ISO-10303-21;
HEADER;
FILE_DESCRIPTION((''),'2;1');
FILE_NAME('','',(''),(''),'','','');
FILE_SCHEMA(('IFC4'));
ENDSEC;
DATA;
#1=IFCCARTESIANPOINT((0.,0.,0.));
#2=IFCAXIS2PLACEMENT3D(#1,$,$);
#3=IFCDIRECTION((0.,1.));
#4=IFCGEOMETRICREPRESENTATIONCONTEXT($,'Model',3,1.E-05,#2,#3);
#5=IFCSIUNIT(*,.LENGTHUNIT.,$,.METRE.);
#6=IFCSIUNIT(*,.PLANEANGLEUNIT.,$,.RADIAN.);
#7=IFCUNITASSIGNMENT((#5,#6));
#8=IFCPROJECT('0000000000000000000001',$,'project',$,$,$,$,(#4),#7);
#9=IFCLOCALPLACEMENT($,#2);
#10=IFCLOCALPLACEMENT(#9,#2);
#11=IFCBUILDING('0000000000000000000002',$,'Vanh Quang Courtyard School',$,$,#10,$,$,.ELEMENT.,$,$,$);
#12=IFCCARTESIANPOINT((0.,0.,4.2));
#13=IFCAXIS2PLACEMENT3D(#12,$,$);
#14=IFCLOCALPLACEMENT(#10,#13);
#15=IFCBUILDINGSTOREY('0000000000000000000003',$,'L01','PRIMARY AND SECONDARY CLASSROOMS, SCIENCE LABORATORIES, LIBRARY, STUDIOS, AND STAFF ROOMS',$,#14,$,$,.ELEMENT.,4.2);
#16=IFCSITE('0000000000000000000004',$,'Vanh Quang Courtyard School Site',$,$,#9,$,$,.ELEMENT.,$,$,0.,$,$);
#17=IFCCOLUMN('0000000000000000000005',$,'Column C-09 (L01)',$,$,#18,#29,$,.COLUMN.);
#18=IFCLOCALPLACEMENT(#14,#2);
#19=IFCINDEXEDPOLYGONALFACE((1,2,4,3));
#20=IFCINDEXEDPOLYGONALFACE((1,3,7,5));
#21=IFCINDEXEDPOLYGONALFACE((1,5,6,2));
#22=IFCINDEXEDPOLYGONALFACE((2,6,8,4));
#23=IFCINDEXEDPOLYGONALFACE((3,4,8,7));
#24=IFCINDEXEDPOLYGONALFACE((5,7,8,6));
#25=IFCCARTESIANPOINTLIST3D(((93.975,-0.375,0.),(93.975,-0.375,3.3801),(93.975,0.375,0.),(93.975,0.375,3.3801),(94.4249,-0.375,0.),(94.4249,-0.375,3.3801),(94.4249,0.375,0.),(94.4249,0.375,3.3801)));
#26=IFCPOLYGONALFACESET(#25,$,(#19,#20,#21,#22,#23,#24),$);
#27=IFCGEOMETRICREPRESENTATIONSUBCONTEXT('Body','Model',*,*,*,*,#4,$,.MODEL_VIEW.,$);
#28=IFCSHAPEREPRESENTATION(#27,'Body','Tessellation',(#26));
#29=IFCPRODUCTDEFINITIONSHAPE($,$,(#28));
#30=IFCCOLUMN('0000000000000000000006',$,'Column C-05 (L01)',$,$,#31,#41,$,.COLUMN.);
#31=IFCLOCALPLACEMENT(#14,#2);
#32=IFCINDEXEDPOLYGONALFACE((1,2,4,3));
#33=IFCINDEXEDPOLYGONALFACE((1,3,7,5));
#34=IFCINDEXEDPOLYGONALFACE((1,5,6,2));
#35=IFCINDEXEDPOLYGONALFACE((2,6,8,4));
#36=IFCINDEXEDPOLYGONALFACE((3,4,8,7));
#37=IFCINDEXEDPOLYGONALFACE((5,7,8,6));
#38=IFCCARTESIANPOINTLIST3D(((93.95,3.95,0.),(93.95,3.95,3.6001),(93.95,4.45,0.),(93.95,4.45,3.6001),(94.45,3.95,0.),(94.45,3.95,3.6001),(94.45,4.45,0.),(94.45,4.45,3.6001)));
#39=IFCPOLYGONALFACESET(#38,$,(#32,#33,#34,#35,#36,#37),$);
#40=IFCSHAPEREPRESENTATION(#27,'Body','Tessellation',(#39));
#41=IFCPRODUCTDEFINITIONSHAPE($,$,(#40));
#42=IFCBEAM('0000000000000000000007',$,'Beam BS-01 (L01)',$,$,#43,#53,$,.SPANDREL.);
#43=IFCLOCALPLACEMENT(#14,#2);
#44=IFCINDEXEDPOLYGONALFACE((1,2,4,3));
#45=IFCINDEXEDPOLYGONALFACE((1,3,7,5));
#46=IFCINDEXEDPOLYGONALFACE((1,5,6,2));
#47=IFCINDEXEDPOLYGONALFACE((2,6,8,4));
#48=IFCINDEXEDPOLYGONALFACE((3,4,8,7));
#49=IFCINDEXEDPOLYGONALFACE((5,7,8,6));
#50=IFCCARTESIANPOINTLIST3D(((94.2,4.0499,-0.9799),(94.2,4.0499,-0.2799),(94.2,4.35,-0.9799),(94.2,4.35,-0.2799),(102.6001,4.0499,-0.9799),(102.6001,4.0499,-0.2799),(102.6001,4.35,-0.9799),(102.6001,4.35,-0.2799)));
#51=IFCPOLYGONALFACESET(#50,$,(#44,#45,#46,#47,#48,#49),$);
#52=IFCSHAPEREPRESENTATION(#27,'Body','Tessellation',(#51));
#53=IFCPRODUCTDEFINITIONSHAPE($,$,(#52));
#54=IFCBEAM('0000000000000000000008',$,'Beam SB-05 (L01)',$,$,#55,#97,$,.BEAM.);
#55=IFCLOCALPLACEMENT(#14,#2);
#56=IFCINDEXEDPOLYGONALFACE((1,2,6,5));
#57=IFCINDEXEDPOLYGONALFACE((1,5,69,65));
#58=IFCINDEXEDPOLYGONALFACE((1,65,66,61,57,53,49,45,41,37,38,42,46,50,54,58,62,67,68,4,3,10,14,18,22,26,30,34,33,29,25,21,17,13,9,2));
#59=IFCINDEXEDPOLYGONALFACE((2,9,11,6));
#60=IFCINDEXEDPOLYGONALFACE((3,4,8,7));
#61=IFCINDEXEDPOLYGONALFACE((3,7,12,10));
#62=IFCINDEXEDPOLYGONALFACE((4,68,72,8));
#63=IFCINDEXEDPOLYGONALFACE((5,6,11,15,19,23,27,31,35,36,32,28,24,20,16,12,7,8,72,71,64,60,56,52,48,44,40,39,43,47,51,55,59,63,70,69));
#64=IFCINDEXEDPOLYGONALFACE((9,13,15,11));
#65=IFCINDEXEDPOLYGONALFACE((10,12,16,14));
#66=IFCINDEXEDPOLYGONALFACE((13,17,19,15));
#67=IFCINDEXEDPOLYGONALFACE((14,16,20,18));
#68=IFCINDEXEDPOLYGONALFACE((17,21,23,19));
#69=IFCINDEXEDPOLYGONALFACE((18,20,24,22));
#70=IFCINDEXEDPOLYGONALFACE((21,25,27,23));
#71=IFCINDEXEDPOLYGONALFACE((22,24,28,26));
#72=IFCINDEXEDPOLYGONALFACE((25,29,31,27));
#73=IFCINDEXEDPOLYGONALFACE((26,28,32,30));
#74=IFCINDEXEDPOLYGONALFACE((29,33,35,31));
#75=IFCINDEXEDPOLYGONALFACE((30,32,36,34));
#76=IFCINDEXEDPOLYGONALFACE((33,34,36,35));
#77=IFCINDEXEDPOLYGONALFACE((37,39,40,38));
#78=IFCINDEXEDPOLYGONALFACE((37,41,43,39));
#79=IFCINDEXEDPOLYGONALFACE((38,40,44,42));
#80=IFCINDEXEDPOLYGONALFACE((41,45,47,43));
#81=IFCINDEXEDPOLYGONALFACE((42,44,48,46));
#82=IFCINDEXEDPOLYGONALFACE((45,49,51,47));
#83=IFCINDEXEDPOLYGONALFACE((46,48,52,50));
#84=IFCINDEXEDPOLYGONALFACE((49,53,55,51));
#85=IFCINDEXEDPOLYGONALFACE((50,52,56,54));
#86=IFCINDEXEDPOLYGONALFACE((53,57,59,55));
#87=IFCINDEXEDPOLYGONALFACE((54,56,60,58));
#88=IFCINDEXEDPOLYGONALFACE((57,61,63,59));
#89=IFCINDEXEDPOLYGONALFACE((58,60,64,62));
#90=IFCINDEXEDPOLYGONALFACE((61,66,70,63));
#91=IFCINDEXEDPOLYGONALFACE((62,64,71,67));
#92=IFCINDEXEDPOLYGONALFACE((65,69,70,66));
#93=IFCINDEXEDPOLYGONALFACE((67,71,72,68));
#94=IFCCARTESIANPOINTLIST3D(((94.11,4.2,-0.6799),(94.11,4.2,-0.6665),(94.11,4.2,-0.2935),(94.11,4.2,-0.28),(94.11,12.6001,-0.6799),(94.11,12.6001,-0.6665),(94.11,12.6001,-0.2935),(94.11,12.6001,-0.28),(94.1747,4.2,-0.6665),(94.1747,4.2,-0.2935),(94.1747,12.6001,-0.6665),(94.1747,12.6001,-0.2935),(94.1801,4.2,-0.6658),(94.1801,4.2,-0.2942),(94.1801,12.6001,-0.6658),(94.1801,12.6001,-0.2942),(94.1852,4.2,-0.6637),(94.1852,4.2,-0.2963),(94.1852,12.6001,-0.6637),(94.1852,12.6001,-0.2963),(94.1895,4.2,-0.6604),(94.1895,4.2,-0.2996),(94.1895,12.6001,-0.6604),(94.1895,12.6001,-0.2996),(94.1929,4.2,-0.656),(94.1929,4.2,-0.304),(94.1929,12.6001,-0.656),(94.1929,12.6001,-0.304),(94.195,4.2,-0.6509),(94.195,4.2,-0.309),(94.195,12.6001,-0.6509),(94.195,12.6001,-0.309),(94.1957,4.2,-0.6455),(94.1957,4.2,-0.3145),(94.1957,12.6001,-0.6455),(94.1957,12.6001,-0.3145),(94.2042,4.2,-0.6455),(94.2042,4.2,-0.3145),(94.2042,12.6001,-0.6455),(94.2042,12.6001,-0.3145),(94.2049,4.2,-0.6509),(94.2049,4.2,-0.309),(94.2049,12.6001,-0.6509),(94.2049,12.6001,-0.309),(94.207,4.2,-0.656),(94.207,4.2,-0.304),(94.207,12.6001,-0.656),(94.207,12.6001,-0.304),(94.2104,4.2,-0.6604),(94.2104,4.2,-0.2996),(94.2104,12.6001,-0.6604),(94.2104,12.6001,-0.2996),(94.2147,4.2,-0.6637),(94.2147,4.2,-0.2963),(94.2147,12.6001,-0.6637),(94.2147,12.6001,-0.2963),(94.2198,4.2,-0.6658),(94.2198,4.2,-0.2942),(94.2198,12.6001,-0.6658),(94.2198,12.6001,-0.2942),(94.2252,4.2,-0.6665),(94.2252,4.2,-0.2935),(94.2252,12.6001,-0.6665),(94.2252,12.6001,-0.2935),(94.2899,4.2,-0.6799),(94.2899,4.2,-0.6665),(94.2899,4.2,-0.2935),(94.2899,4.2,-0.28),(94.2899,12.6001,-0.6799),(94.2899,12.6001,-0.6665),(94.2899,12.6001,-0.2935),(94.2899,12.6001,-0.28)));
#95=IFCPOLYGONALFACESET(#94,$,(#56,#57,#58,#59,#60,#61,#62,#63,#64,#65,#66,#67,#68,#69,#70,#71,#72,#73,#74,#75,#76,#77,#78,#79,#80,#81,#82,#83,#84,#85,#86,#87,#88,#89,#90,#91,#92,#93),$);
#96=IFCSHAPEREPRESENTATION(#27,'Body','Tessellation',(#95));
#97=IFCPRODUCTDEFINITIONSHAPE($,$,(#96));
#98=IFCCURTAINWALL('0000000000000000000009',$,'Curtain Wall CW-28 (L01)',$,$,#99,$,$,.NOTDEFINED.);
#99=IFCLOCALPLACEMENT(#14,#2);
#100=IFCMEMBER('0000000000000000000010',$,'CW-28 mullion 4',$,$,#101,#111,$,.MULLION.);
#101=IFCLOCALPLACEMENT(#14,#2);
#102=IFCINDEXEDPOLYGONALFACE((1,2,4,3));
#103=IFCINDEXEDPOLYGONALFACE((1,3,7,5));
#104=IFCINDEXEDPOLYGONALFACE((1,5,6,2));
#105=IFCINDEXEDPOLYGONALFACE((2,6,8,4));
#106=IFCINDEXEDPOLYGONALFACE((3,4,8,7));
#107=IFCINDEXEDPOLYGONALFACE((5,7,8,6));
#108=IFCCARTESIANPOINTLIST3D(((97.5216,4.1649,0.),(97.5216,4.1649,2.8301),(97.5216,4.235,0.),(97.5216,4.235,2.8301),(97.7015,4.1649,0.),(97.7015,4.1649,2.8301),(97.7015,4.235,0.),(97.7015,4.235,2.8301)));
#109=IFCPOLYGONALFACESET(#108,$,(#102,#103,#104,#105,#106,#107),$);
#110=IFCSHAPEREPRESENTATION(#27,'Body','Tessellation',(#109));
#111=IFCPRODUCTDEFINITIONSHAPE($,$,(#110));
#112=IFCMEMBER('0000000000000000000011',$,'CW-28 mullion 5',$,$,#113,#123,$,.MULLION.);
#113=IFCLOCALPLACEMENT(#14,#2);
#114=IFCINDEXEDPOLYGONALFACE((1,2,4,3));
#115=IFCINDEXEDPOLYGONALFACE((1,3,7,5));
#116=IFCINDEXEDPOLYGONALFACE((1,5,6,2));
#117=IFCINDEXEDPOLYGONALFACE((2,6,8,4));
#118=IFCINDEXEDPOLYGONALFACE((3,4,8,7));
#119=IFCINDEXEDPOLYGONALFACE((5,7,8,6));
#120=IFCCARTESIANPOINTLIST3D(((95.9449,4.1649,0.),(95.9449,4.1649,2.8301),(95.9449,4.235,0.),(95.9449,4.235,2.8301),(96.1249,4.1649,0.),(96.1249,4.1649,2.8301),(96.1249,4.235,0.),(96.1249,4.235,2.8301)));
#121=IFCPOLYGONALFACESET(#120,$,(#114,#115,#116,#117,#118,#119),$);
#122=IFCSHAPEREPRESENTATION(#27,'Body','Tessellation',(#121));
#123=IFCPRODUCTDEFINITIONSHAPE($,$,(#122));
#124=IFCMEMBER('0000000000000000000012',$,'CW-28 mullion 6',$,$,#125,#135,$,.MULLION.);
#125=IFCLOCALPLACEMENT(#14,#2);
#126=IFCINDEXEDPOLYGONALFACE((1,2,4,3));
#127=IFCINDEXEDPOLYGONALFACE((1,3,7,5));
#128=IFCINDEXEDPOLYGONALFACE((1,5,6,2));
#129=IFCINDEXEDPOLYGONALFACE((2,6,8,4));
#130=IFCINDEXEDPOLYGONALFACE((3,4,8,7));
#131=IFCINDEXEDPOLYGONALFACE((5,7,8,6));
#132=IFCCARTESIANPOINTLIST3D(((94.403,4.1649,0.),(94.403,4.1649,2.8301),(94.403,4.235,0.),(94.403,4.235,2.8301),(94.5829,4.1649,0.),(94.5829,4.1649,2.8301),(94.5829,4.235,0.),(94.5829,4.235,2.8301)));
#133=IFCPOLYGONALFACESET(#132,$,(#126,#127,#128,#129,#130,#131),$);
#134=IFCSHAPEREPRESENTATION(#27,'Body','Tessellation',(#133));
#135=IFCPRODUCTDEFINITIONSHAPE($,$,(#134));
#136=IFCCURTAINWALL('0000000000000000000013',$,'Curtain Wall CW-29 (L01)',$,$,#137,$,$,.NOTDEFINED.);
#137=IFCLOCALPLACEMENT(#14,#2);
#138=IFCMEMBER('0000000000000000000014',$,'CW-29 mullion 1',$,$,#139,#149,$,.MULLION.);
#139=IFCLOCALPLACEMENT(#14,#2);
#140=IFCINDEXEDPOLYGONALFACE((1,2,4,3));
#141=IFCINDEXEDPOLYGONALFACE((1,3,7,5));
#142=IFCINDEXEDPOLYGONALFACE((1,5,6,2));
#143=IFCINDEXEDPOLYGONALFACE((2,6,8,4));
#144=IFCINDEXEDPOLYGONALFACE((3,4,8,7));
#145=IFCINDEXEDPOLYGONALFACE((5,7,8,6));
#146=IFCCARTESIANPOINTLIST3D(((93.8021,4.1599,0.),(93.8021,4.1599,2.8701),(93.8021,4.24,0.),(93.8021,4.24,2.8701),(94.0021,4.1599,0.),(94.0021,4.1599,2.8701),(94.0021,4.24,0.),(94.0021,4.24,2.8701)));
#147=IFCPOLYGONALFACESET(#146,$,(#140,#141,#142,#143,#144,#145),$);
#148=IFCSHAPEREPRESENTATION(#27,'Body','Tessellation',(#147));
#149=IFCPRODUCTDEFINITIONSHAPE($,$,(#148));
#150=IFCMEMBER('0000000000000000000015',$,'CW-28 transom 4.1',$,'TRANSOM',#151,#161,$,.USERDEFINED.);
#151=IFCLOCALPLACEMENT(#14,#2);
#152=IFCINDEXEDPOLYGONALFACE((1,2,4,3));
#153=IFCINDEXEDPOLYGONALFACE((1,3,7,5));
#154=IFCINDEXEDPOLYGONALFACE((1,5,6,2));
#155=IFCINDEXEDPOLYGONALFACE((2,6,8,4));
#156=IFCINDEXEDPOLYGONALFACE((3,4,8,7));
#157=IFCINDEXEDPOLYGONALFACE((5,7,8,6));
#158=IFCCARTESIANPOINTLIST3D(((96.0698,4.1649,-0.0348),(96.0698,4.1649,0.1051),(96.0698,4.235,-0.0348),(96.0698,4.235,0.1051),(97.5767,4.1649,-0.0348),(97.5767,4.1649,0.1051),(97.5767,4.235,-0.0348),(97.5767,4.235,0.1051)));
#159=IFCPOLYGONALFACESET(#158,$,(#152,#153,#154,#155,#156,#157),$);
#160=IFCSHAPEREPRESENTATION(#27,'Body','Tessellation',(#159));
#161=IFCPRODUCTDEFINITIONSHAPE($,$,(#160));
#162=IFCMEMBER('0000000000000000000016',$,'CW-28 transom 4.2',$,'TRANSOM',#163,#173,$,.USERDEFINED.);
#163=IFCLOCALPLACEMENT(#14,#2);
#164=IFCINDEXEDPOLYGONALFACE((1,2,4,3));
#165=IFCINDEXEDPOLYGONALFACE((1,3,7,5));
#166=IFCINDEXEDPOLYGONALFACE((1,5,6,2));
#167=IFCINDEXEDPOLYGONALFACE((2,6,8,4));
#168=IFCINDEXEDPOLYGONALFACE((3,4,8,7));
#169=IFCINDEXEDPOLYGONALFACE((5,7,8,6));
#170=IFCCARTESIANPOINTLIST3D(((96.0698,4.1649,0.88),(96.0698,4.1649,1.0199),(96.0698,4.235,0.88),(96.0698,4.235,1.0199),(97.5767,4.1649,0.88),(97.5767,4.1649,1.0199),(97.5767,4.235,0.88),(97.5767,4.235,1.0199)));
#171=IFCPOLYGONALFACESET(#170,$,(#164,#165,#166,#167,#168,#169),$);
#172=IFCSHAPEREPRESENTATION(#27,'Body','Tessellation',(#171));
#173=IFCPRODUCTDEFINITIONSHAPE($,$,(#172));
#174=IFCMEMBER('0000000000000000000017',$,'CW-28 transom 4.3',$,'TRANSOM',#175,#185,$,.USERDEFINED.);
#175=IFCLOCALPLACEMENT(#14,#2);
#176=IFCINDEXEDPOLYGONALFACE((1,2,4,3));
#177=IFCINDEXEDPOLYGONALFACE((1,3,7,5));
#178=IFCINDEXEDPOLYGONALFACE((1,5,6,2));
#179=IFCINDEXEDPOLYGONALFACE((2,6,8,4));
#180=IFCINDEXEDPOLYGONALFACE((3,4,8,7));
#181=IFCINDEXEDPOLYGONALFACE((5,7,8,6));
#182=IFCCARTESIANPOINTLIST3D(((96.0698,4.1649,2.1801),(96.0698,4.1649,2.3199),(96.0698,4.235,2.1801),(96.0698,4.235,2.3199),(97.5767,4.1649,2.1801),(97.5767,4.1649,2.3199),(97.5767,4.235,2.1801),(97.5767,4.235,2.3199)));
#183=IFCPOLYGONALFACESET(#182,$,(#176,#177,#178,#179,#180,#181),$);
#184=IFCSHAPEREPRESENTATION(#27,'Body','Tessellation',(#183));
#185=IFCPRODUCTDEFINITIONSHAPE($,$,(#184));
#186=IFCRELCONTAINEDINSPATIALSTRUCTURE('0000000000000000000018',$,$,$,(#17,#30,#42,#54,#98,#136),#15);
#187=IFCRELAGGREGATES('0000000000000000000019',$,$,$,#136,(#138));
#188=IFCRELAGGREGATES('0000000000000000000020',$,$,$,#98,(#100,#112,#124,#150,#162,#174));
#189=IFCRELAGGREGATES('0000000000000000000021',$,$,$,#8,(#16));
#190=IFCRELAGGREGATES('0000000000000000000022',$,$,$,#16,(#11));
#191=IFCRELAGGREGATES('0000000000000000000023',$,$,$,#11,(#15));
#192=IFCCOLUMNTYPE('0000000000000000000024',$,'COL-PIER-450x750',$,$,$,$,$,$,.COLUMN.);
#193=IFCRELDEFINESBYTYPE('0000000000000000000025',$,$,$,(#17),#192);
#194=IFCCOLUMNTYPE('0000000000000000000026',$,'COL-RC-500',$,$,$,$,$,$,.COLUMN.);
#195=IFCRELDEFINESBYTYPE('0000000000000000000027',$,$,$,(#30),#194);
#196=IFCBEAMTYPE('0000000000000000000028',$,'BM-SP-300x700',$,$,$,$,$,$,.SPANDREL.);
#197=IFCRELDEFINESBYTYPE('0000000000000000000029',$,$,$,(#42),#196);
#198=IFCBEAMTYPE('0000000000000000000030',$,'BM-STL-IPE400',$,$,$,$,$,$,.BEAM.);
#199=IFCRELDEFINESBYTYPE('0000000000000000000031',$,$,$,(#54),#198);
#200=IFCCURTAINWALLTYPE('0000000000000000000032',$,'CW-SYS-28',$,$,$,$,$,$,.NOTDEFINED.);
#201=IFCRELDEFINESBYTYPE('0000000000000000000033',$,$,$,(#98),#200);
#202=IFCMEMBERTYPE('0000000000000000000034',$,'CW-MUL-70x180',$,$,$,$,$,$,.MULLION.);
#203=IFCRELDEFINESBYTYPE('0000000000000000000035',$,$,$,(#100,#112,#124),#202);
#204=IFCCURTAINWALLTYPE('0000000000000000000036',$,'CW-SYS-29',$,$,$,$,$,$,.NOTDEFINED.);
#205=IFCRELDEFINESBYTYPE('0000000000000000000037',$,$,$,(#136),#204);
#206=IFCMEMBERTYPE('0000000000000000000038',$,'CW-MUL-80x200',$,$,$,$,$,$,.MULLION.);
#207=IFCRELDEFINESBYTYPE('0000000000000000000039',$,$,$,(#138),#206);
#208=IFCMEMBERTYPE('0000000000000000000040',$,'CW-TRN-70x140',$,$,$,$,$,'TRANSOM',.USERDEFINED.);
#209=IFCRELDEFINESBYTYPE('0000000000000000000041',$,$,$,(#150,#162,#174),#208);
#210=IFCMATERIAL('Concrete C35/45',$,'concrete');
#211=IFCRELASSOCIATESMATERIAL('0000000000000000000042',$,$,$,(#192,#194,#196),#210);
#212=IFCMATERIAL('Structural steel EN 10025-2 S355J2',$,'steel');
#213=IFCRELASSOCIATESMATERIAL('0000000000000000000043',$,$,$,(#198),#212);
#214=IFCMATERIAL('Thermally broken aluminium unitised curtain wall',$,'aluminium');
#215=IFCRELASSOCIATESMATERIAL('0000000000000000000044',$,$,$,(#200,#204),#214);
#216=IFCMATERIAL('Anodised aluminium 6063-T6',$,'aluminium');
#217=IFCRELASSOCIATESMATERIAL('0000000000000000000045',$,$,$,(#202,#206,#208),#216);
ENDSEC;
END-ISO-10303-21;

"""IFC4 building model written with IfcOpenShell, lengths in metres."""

from ifc_helpers import new_model, si_unit, direction, frame, origin, origin_2d, place, context, subcontext, project, spatial, rectangle, i_section, extrude, material, material_profile, profile_set, type_object, element, aggregate, save


model = new_model("IFC4")

# Units and contexts
model_context = context("Model", 3, precision=1e-05, world=origin(), true_north=direction((0.0, 1.0)))
body_context = subcontext(model_context, "Body", "Model", "MODEL_VIEW")
ifc_project = project(units=[si_unit("LENGTHUNIT", "METRE"), si_unit("PLANEANGLEUNIT", "RADIAN")], contexts=[model_context])

# Site, building, storey
site_placement = place(None, origin())
site = spatial("IfcSite", under=ifc_project, at=site_placement, Name="Vanh Quang Courtyard School Site", CompositionType="ELEMENT", RefElevation=0.0)
building_placement = place(site_placement, origin())
building = spatial("IfcBuilding", under=site, at=building_placement, Name="Vanh Quang Courtyard School", CompositionType="ELEMENT")
storey_placement = place(building_placement, frame((0.0, 0.0, 4.2)))
storey = spatial("IfcBuildingStorey", under=building, at=storey_placement, Name="L01", Description="PRIMARY AND SECONDARY CLASSROOMS, SCIENCE LABORATORIES, LIBRARY, STUDIOS, AND STAFF ROOMS", CompositionType="ELEMENT", Elevation=4.2)

# Columns
ifc_material_1 = material(Name="Concrete C35/45", Category="concrete")
ifc_material_profile_1 = material_profile(ifc_material_1, rectangle(XDim=0.45, YDim=0.75, at=origin_2d()), Name="RC-PIER 450x750")
ifc_profile_set_1 = profile_set([ifc_material_profile_1], Name="Concrete C35/45")
column_type_1 = type_object("IfcColumnType", Name="COL-PIER-450x750", PredefinedType="COLUMN", material=ifc_profile_set_1)
column_1_placement = place(storey_placement, frame((94.2, 0.0, 0.0), z_axis=(0.0, 0.0, 1.0), x_axis=(1.0, 0.0, 0.0)))
element("IfcColumn", 1, at=column_1_placement, inside=storey, type_object=column_type_1, Name="Column C-09 (L01)", PredefinedType="COLUMN", context=body_context, shape_type="SweptSolid", body=[
    extrude(rectangle(XDim=0.45, YDim=0.75, at=origin_2d()), origin(), (0.0, 0.0, 1.0), 3.3801),
])
ifc_material_profile_2 = material_profile(ifc_material_1, rectangle(XDim=0.5, YDim=0.5, at=origin_2d()), Name="RC-COL 500x500")
ifc_profile_set_2 = profile_set([ifc_material_profile_2], Name="Concrete C35/45")
column_type_2 = type_object("IfcColumnType", Name="COL-RC-500", PredefinedType="COLUMN", material=ifc_profile_set_2)
column_2_placement = place(storey_placement, frame((94.2, 4.2, 0.0), z_axis=(0.0, 0.0, 1.0), x_axis=(1.0, 0.0, 0.0)))
element("IfcColumn", 2, at=column_2_placement, inside=storey, type_object=column_type_2, Name="Column C-05 (L01)", PredefinedType="COLUMN", context=body_context, shape_type="SweptSolid", body=[
    extrude(rectangle(XDim=0.5, YDim=0.5, at=origin_2d()), origin(), (0.0, 0.0, 1.0), 3.6001),
])

# Beams
ifc_material_profile_3 = material_profile(ifc_material_1, rectangle(XDim=0.3, YDim=0.7, at=origin_2d()), Name="RC-SP 300x700")
ifc_profile_set_3 = profile_set([ifc_material_profile_3], Name="Concrete C35/45")
beam_type_1 = type_object("IfcBeamType", Name="BM-SP-300x700", PredefinedType="SPANDREL", material=ifc_profile_set_3)
beam_1_placement = place(storey_placement, frame((94.2, 4.2, -0.6299), z_axis=(1.0, 0.0, 0.0), x_axis=(0.0, 1.0, 0.0)))
element("IfcBeam", 3, at=beam_1_placement, inside=storey, type_object=beam_type_1, Name="Beam BS-01 (L01)", PredefinedType="SPANDREL", context=body_context, shape_type="SweptSolid", body=[
    extrude(rectangle(XDim=0.3, YDim=0.7, at=origin_2d()), origin(), (0.0, 0.0, 1.0), 8.4001),
])
ifc_material_2 = material(Name="Structural steel EN 10025-2 S355J2", Category="steel")
ifc_material_profile_4 = material_profile(ifc_material_2, i_section(OverallWidth=0.1799, OverallDepth=0.3999, WebThickness=0.0085, FlangeThickness=0.0134, FilletRadius=0.021, at=origin_2d()), Name="IPE 400")
ifc_profile_set_4 = profile_set([ifc_material_profile_4], Name="Structural steel EN 10025-2 S355J2")
beam_type_2 = type_object("IfcBeamType", Name="BM-STL-IPE400", PredefinedType="BEAM", material=ifc_profile_set_4)
beam_2_placement = place(storey_placement, frame((94.2, 4.2, -0.48), z_axis=(0.0, 1.0, 0.0), x_axis=(-1.0, 0.0, 0.0)))
element("IfcBeam", 4, at=beam_2_placement, inside=storey, type_object=beam_type_2, Name="Beam SB-05 (L01)", PredefinedType="BEAM", context=body_context, shape_type="SweptSolid", body=[
    extrude(i_section(OverallWidth=0.1799, OverallDepth=0.3999, WebThickness=0.0085, FlangeThickness=0.0134, FilletRadius=0.021, at=origin_2d()), origin(), (0.0, 0.0, 1.0), 8.4001),
])

# Curtain wall, members
ifc_material_3 = material(Name="Thermally broken aluminium unitised curtain wall", Category="aluminium")
curtain_wall_type_1 = type_object("IfcCurtainWallType", Name="CW-SYS-28", PredefinedType="NOTDEFINED", material=ifc_material_3)
curtain_wall_1_placement = place(storey_placement, origin())
curtain_wall_1 = element("IfcCurtainWall", 5, at=curtain_wall_1_placement, inside=storey, type_object=curtain_wall_type_1, Name="Curtain Wall CW-28 (L01)", PredefinedType="NOTDEFINED")
ifc_material_4 = material(Name="Anodised aluminium 6063-T6", Category="aluminium")
ifc_material_profile_5 = material_profile(ifc_material_4, rectangle(XDim=0.0701, YDim=0.1799, at=origin_2d()), Name="ALU-MUL 70x180")
ifc_profile_set_5 = profile_set([ifc_material_profile_5], Name="Anodised aluminium 6063-T6")
member_type_1 = type_object("IfcMemberType", Name="CW-MUL-70x180", PredefinedType="MULLION", material=ifc_profile_set_5)
member_1_placement = place(storey_placement, frame((97.6116, 4.2, 0.0), z_axis=(0.0, 0.0, 1.0), x_axis=(0.0, -1.0, 0.0)))
member_1 = element("IfcMember", 6, at=member_1_placement, type_object=member_type_1, Name="CW-28 mullion 4", PredefinedType="MULLION", context=body_context, shape_type="SweptSolid", body=[
    extrude(rectangle(XDim=0.0701, YDim=0.1799, at=origin_2d()), origin(), (0.0, 0.0, 1.0), 2.8301),
])
member_2_placement = place(storey_placement, frame((96.0349, 4.2, 0.0), z_axis=(0.0, 0.0, 1.0), x_axis=(0.0, -1.0, 0.0)))
member_2 = element("IfcMember", 7, at=member_2_placement, type_object=member_type_1, Name="CW-28 mullion 5", PredefinedType="MULLION", context=body_context, shape_type="SweptSolid", body=[
    extrude(rectangle(XDim=0.0701, YDim=0.1799, at=origin_2d()), origin(), (0.0, 0.0, 1.0), 2.8301),
])
member_3_placement = place(storey_placement, frame((94.4929, 4.2, 0.0), z_axis=(0.0, 0.0, 1.0), x_axis=(0.0, -1.0, 0.0)))
member_3 = element("IfcMember", 8, at=member_3_placement, type_object=member_type_1, Name="CW-28 mullion 6", PredefinedType="MULLION", context=body_context, shape_type="SweptSolid", body=[
    extrude(rectangle(XDim=0.0701, YDim=0.1799, at=origin_2d()), origin(), (0.0, 0.0, 1.0), 2.8301),
])

# Curtain wall, member
curtain_wall_type_2 = type_object("IfcCurtainWallType", Name="CW-SYS-29", PredefinedType="NOTDEFINED", material=ifc_material_3)
curtain_wall_2_placement = place(storey_placement, origin())
curtain_wall_2 = element("IfcCurtainWall", 9, at=curtain_wall_2_placement, inside=storey, type_object=curtain_wall_type_2, Name="Curtain Wall CW-29 (L01)", PredefinedType="NOTDEFINED")
ifc_material_profile_6 = material_profile(ifc_material_4, rectangle(XDim=0.0801, YDim=0.2, at=origin_2d()), Name="ALU-MUL 80x200")
ifc_profile_set_6 = profile_set([ifc_material_profile_6], Name="Anodised aluminium 6063-T6")
member_type_2 = type_object("IfcMemberType", Name="CW-MUL-80x200", PredefinedType="MULLION", material=ifc_profile_set_6)
member_4_placement = place(storey_placement, frame((93.9021, 4.2, 0.0), z_axis=(0.0, 0.0, 1.0), x_axis=(0.0, -1.0, 0.0)))
member_4 = element("IfcMember", 10, at=member_4_placement, type_object=member_type_2, Name="CW-29 mullion 1", PredefinedType="MULLION", context=body_context, shape_type="SweptSolid", body=[
    extrude(rectangle(XDim=0.0801, YDim=0.2, at=origin_2d()), origin(), (0.0, 0.0, 1.0), 2.8701),
])

# Members
ifc_material_profile_7 = material_profile(ifc_material_4, rectangle(XDim=0.0701, YDim=0.1399, at=origin_2d()), Name="ALU-TRN 70x140")
ifc_profile_set_7 = profile_set([ifc_material_profile_7], Name="Anodised aluminium 6063-T6")
member_type_3 = type_object("IfcMemberType", Name="CW-TRN-70x140", ElementType="TRANSOM", PredefinedType="USERDEFINED", material=ifc_profile_set_7)
member_5_placement = place(storey_placement, frame((97.5767, 4.2, 0.0352), z_axis=(-1.0, 0.0, 0.0), x_axis=(0.0, -1.0, 0.0)))
member_5 = element("IfcMember", 11, at=member_5_placement, type_object=member_type_3, Name="CW-28 transom 4.1", ObjectType="TRANSOM", PredefinedType="USERDEFINED", context=body_context, shape_type="SweptSolid", body=[
    extrude(rectangle(XDim=0.0701, YDim=0.1399, at=origin_2d()), origin(), (0.0, 0.0, 1.0), 1.5068),
])
member_6_placement = place(storey_placement, frame((97.5767, 4.2, 0.95), z_axis=(-1.0, 0.0, 0.0), x_axis=(0.0, -1.0, 0.0)))
member_6 = element("IfcMember", 12, at=member_6_placement, type_object=member_type_3, Name="CW-28 transom 4.2", ObjectType="TRANSOM", PredefinedType="USERDEFINED", context=body_context, shape_type="SweptSolid", body=[
    extrude(rectangle(XDim=0.0701, YDim=0.1399, at=origin_2d()), origin(), (0.0, 0.0, 1.0), 1.5068),
])
member_7_placement = place(storey_placement, frame((97.5767, 4.2, 2.25), z_axis=(-1.0, 0.0, 0.0), x_axis=(0.0, -1.0, 0.0)))
member_7 = element("IfcMember", 13, at=member_7_placement, type_object=member_type_3, Name="CW-28 transom 4.3", ObjectType="TRANSOM", PredefinedType="USERDEFINED", context=body_context, shape_type="SweptSolid", body=[
    extrude(rectangle(XDim=0.0701, YDim=0.1399, at=origin_2d()), origin(), (0.0, 0.0, 1.0), 1.5068),
])

aggregate(curtain_wall_2, [member_4])
aggregate(curtain_wall_1, [member_1, member_2, member_3, member_5, member_6, member_7])

save(model, "model.ifc")
